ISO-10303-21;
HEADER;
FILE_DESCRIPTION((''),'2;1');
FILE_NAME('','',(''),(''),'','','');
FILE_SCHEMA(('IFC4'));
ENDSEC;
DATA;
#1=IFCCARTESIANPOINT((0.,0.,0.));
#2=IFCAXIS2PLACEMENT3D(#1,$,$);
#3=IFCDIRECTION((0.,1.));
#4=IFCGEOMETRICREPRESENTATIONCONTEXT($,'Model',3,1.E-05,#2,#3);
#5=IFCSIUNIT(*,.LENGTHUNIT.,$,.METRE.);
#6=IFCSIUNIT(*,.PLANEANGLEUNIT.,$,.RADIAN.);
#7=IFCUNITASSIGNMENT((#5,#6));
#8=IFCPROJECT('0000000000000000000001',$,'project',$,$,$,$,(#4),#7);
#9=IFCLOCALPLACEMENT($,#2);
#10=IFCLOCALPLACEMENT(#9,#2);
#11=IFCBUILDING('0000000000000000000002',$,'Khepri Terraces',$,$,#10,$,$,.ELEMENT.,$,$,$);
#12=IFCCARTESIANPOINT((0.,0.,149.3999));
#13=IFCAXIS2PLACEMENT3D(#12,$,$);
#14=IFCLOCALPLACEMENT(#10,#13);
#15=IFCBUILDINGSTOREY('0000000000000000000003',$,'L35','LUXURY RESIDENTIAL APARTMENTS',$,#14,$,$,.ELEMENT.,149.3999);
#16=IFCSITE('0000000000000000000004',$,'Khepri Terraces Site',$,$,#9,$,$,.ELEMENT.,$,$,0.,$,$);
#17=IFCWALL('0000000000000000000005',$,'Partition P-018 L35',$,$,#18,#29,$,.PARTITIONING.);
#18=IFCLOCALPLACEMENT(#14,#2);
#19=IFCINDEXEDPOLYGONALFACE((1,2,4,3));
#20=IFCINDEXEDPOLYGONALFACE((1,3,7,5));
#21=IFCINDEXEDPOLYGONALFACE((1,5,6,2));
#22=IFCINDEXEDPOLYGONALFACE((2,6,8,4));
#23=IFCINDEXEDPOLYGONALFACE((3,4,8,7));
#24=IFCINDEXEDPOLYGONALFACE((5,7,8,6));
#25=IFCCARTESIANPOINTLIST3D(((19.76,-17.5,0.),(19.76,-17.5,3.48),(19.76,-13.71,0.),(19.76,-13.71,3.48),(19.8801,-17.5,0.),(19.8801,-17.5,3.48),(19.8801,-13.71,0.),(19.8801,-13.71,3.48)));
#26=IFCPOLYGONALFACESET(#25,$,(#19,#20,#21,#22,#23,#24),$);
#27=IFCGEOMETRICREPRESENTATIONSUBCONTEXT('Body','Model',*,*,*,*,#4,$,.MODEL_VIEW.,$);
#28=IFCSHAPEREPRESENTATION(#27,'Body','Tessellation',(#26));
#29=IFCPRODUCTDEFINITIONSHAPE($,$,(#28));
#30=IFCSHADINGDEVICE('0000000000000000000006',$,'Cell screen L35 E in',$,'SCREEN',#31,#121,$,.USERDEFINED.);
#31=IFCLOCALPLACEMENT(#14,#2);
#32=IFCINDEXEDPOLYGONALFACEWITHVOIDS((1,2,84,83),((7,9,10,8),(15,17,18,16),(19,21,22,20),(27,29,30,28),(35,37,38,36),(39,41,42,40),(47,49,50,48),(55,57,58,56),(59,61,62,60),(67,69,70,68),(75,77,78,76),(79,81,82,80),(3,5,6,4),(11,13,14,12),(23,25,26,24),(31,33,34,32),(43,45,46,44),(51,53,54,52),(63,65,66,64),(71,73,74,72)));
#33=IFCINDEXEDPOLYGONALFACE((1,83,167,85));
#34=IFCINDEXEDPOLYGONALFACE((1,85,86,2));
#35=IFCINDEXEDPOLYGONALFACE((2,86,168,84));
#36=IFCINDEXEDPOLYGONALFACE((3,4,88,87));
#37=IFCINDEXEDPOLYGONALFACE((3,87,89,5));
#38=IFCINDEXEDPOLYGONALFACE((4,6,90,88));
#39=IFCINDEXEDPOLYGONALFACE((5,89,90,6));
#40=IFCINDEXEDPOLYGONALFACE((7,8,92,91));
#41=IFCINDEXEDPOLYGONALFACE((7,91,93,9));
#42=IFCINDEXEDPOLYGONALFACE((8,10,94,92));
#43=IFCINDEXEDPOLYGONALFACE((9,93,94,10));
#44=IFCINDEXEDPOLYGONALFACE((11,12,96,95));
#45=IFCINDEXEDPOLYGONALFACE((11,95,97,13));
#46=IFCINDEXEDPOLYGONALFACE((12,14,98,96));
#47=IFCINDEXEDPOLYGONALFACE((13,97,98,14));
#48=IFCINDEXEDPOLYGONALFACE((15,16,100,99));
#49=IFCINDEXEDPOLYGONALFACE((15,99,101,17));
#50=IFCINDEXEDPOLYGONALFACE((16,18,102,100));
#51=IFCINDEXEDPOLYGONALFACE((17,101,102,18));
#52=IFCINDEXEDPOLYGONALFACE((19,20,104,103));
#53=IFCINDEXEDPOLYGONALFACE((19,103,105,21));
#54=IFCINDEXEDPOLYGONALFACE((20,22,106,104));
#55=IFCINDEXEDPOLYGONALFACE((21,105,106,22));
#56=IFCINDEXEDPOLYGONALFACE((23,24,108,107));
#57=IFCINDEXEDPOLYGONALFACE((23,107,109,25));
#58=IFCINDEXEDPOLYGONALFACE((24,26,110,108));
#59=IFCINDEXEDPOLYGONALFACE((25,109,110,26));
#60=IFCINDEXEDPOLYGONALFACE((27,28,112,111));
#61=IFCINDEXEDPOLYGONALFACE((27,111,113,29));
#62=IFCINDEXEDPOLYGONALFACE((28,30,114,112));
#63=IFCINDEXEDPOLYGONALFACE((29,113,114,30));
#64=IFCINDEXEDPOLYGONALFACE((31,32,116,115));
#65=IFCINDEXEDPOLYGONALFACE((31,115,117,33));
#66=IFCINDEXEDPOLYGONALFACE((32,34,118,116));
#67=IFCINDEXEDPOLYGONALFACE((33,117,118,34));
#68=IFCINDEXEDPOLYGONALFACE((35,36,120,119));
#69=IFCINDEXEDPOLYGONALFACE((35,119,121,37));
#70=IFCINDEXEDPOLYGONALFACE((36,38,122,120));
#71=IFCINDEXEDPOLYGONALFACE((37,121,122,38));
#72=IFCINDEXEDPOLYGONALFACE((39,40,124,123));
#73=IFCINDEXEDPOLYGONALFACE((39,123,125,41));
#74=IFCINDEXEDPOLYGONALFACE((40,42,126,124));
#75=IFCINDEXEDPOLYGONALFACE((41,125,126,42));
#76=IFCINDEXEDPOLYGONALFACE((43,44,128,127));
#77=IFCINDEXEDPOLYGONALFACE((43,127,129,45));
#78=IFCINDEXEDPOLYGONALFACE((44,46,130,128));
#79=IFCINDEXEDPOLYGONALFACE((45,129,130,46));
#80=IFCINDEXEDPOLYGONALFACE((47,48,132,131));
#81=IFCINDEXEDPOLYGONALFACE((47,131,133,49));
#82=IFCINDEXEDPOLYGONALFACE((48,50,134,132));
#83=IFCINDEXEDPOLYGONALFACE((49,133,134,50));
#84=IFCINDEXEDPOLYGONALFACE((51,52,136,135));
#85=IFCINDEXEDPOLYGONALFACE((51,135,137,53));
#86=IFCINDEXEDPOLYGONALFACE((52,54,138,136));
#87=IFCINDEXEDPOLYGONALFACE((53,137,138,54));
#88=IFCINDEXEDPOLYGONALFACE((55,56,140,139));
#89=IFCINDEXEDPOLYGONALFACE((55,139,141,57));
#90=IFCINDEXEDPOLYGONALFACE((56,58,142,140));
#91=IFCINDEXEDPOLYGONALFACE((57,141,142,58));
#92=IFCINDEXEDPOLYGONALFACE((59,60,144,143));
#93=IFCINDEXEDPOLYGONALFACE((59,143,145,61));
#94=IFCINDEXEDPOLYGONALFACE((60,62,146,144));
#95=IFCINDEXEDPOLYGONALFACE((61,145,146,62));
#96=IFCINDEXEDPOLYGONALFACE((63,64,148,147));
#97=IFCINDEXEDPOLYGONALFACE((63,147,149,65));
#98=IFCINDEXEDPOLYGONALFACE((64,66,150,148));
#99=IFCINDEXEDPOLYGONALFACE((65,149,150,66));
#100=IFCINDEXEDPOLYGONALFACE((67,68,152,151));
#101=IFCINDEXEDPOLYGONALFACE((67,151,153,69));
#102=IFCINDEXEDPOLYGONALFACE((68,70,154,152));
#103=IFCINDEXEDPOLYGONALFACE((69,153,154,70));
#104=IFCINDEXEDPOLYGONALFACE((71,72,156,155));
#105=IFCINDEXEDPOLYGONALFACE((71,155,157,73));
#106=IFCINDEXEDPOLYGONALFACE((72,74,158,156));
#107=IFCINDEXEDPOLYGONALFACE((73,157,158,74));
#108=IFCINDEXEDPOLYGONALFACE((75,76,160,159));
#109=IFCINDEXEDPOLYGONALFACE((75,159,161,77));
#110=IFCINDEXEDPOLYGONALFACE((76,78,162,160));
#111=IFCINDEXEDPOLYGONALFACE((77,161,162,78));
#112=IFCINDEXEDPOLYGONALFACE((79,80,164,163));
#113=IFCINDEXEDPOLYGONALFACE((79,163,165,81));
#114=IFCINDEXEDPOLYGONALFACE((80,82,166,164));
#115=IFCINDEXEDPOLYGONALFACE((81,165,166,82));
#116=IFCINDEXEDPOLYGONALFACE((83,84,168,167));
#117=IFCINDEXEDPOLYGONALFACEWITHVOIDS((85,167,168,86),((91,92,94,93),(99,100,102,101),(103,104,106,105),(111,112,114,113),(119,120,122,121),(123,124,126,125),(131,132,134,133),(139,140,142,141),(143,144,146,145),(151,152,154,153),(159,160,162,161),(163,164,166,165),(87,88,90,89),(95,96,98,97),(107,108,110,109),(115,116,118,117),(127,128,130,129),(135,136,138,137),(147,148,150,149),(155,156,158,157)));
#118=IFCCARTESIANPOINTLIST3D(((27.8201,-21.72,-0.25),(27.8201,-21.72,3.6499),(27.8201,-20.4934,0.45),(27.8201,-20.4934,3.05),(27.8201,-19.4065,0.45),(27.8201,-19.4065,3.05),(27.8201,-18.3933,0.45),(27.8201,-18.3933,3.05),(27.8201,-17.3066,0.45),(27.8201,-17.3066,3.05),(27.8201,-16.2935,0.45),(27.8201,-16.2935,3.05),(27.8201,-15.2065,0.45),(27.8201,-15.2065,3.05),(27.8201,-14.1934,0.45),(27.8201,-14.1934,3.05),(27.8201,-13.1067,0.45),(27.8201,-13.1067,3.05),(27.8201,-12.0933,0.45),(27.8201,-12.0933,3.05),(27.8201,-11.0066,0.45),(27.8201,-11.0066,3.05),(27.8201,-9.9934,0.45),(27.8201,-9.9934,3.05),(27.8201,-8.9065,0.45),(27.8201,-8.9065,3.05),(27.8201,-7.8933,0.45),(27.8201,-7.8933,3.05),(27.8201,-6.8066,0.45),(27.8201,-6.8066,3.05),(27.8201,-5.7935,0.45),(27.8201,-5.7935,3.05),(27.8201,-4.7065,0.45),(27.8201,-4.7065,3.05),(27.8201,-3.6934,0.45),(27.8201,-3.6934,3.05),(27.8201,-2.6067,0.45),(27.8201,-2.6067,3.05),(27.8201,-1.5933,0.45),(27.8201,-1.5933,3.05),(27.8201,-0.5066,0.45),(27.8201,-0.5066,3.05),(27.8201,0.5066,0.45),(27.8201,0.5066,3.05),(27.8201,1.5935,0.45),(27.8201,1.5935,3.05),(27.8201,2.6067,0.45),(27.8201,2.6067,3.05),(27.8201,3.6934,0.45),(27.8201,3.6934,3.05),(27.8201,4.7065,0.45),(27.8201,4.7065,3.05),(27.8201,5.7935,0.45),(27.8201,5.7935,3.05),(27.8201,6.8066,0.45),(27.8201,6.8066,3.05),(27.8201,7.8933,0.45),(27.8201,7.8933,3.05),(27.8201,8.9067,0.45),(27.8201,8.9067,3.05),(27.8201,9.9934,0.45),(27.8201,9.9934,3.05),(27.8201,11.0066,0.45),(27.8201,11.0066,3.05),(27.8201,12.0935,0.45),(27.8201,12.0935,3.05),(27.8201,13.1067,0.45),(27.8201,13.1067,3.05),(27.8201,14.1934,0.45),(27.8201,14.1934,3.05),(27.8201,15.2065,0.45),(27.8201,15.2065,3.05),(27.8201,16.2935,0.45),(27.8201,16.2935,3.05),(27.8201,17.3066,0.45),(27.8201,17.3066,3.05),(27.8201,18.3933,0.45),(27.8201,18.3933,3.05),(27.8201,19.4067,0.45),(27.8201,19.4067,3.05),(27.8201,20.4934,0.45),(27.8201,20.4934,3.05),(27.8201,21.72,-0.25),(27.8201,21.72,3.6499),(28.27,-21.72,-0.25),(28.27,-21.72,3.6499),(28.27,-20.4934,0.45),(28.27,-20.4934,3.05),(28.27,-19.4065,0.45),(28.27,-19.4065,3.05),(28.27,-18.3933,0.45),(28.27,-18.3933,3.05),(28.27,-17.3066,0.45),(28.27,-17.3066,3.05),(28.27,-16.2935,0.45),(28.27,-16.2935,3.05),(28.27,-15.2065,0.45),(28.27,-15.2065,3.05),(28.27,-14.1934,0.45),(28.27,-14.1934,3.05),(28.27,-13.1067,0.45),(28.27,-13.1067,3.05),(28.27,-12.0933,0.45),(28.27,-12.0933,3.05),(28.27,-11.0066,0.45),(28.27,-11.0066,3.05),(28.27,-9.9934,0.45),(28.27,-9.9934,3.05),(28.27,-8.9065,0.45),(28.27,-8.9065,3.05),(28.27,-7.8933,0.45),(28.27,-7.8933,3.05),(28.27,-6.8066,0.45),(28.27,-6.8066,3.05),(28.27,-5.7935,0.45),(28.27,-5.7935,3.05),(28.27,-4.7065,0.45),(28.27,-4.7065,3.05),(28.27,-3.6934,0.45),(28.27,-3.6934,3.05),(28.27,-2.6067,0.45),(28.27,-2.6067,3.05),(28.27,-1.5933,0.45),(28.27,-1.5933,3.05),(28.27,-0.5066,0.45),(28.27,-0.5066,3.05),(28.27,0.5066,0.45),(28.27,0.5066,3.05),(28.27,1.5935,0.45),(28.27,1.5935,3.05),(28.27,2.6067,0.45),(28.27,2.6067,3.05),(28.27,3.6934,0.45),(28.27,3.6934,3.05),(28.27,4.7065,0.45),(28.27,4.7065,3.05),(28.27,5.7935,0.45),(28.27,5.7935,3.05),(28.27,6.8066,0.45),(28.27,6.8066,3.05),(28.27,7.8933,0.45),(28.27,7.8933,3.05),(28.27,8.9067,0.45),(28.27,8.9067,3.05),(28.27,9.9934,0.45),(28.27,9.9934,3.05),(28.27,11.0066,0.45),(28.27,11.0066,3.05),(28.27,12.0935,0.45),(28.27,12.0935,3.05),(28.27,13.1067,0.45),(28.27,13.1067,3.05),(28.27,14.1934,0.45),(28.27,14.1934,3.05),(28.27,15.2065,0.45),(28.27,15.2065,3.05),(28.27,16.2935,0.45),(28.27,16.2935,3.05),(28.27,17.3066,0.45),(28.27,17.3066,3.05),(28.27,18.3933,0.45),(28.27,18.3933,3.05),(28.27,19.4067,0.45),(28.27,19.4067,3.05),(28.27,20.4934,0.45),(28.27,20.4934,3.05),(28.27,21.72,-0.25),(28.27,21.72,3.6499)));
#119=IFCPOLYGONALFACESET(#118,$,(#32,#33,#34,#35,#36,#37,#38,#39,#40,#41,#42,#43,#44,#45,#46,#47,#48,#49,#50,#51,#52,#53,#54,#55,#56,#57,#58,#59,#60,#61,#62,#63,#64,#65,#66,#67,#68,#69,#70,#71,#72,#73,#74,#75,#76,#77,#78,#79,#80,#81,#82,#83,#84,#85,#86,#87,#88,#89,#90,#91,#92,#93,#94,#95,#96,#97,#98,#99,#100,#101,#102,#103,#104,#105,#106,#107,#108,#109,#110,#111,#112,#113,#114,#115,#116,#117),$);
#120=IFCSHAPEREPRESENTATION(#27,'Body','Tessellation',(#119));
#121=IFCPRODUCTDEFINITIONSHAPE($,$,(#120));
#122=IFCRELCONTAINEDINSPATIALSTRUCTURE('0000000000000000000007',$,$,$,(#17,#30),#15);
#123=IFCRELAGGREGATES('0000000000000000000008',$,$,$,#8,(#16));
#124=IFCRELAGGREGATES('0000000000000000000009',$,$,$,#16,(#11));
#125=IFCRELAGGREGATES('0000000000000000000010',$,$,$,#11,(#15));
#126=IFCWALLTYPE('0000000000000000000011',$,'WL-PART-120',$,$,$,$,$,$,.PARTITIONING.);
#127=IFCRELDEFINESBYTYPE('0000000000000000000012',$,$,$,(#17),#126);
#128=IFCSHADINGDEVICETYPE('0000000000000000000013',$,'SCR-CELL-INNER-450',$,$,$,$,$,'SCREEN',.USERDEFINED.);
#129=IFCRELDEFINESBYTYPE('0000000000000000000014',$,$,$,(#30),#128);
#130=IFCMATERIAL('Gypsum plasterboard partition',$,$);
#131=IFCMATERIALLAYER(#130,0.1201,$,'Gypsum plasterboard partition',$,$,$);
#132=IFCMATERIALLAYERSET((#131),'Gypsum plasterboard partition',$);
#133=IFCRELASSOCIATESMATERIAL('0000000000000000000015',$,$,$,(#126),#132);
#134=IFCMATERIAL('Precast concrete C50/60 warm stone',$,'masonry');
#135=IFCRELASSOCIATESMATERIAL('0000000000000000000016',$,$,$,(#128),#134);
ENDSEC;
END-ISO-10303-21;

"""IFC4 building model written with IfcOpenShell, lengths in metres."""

from ifc_helpers import new_model, si_unit, direction, frame, frame_2d, origin, place, context, subcontext, project, spatial, polyline, rectangle, outline, extrude, material, layer, layer_set, type_object, element, save


model = new_model("IFC4")

# Units and contexts
model_context = context("Model", 3, precision=1e-05, world=origin(), true_north=direction((0.0, 1.0)))
body_context = subcontext(model_context, "Body", "Model", "MODEL_VIEW")
ifc_project = project(units=[si_unit("LENGTHUNIT", "METRE"), si_unit("PLANEANGLEUNIT", "RADIAN")], contexts=[model_context])

# Site, building, storey
site_placement = place(None, origin())
site = spatial("IfcSite", under=ifc_project, at=site_placement, Name="Khepri Terraces Site", CompositionType="ELEMENT", RefElevation=0.0)
building_placement = place(site_placement, origin())
building = spatial("IfcBuilding", under=site, at=building_placement, Name="Khepri Terraces", CompositionType="ELEMENT")
storey_placement = place(building_placement, frame((0.0, 0.0, 149.3999)))
storey = spatial("IfcBuildingStorey", under=building, at=storey_placement, Name="L35", Description="LUXURY RESIDENTIAL APARTMENTS", CompositionType="ELEMENT", Elevation=149.3999)

# Shared definitions
ifc_material_1 = material(Name="Precast concrete C50/60 warm stone", Category="masonry")

# Shared definitions
ifc_material_2 = material(Name="Gypsum plasterboard partition")
ifc_layer_1 = layer(ifc_material_2, 0.1201, Name="Gypsum plasterboard partition")
ifc_layer_set_1 = layer_set([ifc_layer_1], Name="Gypsum plasterboard partition")
wall_type_1 = type_object("IfcWallType", Name="WL-PART-120", PredefinedType="PARTITIONING", material=ifc_layer_set_1)

# Wall
wall_1_placement = place(storey_placement, frame((19.8201, -17.5, 0.0), z_axis=(0.0, 0.0, 1.0), x_axis=(0.0, 1.0, 0.0)))
element("IfcWall", 1, at=wall_1_placement, inside=storey, type_object=wall_type_1, Name="Partition P-018 L35", PredefinedType="PARTITIONING", context=body_context, shape_type="SweptSolid", body=[
    extrude(rectangle(XDim=3.79, YDim=0.1201, at=frame_2d((1.895, 0.0))), origin(), (0.0, 0.0, 1.0), 3.48),
])

# Shading device
shading_device_type_1 = type_object("IfcShadingDeviceType", Name="SCR-CELL-INNER-450", ElementType="SCREEN", PredefinedType="USERDEFINED", material=ifc_material_1)
shading_device_1_placement = place(storey_placement, frame((27.8201, -21.72, -0.25), z_axis=(1.0, 0.0, 0.0), x_axis=(0.0, 1.0, 0.0)))
element("IfcShadingDevice", 2, at=shading_device_1_placement, inside=storey, type_object=shading_device_type_1, Name="Cell screen L35 E in", ObjectType="SCREEN", PredefinedType="USERDEFINED", context=body_context, shape_type="SweptSolid", body=[
    extrude(outline(polyline([(0.0, 0.0), (43.4399, 0.0), (43.4399, 3.8999), (0.0, 3.8999), (0.0, 0.0)]), holes=[polyline([(1.2266, 0.7), (2.3135, 0.7), (2.3135, 3.3), (1.2266, 3.3), (1.2266, 0.7)]), polyline([(3.3267, 0.7), (4.4133, 0.7), (4.4133, 3.3), (3.3267, 3.3), (3.3267, 0.7)]), polyline([(5.4265, 0.7), (6.5134, 0.7), (6.5134, 3.3), (5.4265, 3.3), (5.4265, 0.7)]), polyline([(7.5266, 0.7), (8.6133, 0.7), (8.6133, 3.3), (7.5266, 3.3), (7.5266, 0.7)]), polyline([(9.6267, 0.7), (10.7134, 0.7), (10.7134, 3.3), (9.6267, 3.3), (9.6267, 0.7)]), polyline([(11.7266, 0.7), (12.8135, 0.7), (12.8135, 3.3), (11.7266, 3.3), (11.7266, 0.7)]), polyline([(13.8267, 0.7), (14.9133, 0.7), (14.9133, 3.3), (13.8267, 3.3), (13.8267, 0.7)]), polyline([(15.9265, 0.7), (17.0134, 0.7), (17.0134, 3.3), (15.9265, 3.3), (15.9265, 0.7)]), polyline([(18.0266, 0.7), (19.1133, 0.7), (19.1133, 3.3), (18.0266, 3.3), (18.0266, 0.7)]), polyline([(20.1267, 0.7), (21.2134, 0.7), (21.2134, 3.3), (20.1267, 3.3), (20.1267, 0.7)]), polyline([(22.2266, 0.7), (23.3135, 0.7), (23.3135, 3.3), (22.2266, 3.3), (22.2266, 0.7)]), polyline([(24.3267, 0.7), (25.4133, 0.7), (25.4133, 3.3), (24.3267, 3.3), (24.3267, 0.7)]), polyline([(26.4265, 0.7), (27.5134, 0.7), (27.5134, 3.3), (26.4265, 3.3), (26.4265, 0.7)]), polyline([(28.5266, 0.7), (29.6133, 0.7), (29.6133, 3.3), (28.5266, 3.3), (28.5266, 0.7)]), polyline([(30.6267, 0.7), (31.7134, 0.7), (31.7134, 3.3), (30.6267, 3.3), (30.6267, 0.7)]), polyline([(32.7266, 0.7), (33.8135, 0.7), (33.8135, 3.3), (32.7266, 3.3), (32.7266, 0.7)]), polyline([(34.8267, 0.7), (35.9133, 0.7), (35.9133, 3.3), (34.8267, 3.3), (34.8267, 0.7)]), polyline([(36.9265, 0.7), (38.0134, 0.7), (38.0134, 3.3), (36.9265, 3.3), (36.9265, 0.7)]), polyline([(39.0266, 0.7), (40.1133, 0.7), (40.1133, 3.3), (39.0266, 3.3), (39.0266, 0.7)]), polyline([(41.1267, 0.7), (42.2134, 0.7), (42.2134, 3.3), (41.1267, 3.3), (41.1267, 0.7)])]), origin(), (0.0, 0.0, 1.0), 0.45),
])

save(model, "model.ifc")
